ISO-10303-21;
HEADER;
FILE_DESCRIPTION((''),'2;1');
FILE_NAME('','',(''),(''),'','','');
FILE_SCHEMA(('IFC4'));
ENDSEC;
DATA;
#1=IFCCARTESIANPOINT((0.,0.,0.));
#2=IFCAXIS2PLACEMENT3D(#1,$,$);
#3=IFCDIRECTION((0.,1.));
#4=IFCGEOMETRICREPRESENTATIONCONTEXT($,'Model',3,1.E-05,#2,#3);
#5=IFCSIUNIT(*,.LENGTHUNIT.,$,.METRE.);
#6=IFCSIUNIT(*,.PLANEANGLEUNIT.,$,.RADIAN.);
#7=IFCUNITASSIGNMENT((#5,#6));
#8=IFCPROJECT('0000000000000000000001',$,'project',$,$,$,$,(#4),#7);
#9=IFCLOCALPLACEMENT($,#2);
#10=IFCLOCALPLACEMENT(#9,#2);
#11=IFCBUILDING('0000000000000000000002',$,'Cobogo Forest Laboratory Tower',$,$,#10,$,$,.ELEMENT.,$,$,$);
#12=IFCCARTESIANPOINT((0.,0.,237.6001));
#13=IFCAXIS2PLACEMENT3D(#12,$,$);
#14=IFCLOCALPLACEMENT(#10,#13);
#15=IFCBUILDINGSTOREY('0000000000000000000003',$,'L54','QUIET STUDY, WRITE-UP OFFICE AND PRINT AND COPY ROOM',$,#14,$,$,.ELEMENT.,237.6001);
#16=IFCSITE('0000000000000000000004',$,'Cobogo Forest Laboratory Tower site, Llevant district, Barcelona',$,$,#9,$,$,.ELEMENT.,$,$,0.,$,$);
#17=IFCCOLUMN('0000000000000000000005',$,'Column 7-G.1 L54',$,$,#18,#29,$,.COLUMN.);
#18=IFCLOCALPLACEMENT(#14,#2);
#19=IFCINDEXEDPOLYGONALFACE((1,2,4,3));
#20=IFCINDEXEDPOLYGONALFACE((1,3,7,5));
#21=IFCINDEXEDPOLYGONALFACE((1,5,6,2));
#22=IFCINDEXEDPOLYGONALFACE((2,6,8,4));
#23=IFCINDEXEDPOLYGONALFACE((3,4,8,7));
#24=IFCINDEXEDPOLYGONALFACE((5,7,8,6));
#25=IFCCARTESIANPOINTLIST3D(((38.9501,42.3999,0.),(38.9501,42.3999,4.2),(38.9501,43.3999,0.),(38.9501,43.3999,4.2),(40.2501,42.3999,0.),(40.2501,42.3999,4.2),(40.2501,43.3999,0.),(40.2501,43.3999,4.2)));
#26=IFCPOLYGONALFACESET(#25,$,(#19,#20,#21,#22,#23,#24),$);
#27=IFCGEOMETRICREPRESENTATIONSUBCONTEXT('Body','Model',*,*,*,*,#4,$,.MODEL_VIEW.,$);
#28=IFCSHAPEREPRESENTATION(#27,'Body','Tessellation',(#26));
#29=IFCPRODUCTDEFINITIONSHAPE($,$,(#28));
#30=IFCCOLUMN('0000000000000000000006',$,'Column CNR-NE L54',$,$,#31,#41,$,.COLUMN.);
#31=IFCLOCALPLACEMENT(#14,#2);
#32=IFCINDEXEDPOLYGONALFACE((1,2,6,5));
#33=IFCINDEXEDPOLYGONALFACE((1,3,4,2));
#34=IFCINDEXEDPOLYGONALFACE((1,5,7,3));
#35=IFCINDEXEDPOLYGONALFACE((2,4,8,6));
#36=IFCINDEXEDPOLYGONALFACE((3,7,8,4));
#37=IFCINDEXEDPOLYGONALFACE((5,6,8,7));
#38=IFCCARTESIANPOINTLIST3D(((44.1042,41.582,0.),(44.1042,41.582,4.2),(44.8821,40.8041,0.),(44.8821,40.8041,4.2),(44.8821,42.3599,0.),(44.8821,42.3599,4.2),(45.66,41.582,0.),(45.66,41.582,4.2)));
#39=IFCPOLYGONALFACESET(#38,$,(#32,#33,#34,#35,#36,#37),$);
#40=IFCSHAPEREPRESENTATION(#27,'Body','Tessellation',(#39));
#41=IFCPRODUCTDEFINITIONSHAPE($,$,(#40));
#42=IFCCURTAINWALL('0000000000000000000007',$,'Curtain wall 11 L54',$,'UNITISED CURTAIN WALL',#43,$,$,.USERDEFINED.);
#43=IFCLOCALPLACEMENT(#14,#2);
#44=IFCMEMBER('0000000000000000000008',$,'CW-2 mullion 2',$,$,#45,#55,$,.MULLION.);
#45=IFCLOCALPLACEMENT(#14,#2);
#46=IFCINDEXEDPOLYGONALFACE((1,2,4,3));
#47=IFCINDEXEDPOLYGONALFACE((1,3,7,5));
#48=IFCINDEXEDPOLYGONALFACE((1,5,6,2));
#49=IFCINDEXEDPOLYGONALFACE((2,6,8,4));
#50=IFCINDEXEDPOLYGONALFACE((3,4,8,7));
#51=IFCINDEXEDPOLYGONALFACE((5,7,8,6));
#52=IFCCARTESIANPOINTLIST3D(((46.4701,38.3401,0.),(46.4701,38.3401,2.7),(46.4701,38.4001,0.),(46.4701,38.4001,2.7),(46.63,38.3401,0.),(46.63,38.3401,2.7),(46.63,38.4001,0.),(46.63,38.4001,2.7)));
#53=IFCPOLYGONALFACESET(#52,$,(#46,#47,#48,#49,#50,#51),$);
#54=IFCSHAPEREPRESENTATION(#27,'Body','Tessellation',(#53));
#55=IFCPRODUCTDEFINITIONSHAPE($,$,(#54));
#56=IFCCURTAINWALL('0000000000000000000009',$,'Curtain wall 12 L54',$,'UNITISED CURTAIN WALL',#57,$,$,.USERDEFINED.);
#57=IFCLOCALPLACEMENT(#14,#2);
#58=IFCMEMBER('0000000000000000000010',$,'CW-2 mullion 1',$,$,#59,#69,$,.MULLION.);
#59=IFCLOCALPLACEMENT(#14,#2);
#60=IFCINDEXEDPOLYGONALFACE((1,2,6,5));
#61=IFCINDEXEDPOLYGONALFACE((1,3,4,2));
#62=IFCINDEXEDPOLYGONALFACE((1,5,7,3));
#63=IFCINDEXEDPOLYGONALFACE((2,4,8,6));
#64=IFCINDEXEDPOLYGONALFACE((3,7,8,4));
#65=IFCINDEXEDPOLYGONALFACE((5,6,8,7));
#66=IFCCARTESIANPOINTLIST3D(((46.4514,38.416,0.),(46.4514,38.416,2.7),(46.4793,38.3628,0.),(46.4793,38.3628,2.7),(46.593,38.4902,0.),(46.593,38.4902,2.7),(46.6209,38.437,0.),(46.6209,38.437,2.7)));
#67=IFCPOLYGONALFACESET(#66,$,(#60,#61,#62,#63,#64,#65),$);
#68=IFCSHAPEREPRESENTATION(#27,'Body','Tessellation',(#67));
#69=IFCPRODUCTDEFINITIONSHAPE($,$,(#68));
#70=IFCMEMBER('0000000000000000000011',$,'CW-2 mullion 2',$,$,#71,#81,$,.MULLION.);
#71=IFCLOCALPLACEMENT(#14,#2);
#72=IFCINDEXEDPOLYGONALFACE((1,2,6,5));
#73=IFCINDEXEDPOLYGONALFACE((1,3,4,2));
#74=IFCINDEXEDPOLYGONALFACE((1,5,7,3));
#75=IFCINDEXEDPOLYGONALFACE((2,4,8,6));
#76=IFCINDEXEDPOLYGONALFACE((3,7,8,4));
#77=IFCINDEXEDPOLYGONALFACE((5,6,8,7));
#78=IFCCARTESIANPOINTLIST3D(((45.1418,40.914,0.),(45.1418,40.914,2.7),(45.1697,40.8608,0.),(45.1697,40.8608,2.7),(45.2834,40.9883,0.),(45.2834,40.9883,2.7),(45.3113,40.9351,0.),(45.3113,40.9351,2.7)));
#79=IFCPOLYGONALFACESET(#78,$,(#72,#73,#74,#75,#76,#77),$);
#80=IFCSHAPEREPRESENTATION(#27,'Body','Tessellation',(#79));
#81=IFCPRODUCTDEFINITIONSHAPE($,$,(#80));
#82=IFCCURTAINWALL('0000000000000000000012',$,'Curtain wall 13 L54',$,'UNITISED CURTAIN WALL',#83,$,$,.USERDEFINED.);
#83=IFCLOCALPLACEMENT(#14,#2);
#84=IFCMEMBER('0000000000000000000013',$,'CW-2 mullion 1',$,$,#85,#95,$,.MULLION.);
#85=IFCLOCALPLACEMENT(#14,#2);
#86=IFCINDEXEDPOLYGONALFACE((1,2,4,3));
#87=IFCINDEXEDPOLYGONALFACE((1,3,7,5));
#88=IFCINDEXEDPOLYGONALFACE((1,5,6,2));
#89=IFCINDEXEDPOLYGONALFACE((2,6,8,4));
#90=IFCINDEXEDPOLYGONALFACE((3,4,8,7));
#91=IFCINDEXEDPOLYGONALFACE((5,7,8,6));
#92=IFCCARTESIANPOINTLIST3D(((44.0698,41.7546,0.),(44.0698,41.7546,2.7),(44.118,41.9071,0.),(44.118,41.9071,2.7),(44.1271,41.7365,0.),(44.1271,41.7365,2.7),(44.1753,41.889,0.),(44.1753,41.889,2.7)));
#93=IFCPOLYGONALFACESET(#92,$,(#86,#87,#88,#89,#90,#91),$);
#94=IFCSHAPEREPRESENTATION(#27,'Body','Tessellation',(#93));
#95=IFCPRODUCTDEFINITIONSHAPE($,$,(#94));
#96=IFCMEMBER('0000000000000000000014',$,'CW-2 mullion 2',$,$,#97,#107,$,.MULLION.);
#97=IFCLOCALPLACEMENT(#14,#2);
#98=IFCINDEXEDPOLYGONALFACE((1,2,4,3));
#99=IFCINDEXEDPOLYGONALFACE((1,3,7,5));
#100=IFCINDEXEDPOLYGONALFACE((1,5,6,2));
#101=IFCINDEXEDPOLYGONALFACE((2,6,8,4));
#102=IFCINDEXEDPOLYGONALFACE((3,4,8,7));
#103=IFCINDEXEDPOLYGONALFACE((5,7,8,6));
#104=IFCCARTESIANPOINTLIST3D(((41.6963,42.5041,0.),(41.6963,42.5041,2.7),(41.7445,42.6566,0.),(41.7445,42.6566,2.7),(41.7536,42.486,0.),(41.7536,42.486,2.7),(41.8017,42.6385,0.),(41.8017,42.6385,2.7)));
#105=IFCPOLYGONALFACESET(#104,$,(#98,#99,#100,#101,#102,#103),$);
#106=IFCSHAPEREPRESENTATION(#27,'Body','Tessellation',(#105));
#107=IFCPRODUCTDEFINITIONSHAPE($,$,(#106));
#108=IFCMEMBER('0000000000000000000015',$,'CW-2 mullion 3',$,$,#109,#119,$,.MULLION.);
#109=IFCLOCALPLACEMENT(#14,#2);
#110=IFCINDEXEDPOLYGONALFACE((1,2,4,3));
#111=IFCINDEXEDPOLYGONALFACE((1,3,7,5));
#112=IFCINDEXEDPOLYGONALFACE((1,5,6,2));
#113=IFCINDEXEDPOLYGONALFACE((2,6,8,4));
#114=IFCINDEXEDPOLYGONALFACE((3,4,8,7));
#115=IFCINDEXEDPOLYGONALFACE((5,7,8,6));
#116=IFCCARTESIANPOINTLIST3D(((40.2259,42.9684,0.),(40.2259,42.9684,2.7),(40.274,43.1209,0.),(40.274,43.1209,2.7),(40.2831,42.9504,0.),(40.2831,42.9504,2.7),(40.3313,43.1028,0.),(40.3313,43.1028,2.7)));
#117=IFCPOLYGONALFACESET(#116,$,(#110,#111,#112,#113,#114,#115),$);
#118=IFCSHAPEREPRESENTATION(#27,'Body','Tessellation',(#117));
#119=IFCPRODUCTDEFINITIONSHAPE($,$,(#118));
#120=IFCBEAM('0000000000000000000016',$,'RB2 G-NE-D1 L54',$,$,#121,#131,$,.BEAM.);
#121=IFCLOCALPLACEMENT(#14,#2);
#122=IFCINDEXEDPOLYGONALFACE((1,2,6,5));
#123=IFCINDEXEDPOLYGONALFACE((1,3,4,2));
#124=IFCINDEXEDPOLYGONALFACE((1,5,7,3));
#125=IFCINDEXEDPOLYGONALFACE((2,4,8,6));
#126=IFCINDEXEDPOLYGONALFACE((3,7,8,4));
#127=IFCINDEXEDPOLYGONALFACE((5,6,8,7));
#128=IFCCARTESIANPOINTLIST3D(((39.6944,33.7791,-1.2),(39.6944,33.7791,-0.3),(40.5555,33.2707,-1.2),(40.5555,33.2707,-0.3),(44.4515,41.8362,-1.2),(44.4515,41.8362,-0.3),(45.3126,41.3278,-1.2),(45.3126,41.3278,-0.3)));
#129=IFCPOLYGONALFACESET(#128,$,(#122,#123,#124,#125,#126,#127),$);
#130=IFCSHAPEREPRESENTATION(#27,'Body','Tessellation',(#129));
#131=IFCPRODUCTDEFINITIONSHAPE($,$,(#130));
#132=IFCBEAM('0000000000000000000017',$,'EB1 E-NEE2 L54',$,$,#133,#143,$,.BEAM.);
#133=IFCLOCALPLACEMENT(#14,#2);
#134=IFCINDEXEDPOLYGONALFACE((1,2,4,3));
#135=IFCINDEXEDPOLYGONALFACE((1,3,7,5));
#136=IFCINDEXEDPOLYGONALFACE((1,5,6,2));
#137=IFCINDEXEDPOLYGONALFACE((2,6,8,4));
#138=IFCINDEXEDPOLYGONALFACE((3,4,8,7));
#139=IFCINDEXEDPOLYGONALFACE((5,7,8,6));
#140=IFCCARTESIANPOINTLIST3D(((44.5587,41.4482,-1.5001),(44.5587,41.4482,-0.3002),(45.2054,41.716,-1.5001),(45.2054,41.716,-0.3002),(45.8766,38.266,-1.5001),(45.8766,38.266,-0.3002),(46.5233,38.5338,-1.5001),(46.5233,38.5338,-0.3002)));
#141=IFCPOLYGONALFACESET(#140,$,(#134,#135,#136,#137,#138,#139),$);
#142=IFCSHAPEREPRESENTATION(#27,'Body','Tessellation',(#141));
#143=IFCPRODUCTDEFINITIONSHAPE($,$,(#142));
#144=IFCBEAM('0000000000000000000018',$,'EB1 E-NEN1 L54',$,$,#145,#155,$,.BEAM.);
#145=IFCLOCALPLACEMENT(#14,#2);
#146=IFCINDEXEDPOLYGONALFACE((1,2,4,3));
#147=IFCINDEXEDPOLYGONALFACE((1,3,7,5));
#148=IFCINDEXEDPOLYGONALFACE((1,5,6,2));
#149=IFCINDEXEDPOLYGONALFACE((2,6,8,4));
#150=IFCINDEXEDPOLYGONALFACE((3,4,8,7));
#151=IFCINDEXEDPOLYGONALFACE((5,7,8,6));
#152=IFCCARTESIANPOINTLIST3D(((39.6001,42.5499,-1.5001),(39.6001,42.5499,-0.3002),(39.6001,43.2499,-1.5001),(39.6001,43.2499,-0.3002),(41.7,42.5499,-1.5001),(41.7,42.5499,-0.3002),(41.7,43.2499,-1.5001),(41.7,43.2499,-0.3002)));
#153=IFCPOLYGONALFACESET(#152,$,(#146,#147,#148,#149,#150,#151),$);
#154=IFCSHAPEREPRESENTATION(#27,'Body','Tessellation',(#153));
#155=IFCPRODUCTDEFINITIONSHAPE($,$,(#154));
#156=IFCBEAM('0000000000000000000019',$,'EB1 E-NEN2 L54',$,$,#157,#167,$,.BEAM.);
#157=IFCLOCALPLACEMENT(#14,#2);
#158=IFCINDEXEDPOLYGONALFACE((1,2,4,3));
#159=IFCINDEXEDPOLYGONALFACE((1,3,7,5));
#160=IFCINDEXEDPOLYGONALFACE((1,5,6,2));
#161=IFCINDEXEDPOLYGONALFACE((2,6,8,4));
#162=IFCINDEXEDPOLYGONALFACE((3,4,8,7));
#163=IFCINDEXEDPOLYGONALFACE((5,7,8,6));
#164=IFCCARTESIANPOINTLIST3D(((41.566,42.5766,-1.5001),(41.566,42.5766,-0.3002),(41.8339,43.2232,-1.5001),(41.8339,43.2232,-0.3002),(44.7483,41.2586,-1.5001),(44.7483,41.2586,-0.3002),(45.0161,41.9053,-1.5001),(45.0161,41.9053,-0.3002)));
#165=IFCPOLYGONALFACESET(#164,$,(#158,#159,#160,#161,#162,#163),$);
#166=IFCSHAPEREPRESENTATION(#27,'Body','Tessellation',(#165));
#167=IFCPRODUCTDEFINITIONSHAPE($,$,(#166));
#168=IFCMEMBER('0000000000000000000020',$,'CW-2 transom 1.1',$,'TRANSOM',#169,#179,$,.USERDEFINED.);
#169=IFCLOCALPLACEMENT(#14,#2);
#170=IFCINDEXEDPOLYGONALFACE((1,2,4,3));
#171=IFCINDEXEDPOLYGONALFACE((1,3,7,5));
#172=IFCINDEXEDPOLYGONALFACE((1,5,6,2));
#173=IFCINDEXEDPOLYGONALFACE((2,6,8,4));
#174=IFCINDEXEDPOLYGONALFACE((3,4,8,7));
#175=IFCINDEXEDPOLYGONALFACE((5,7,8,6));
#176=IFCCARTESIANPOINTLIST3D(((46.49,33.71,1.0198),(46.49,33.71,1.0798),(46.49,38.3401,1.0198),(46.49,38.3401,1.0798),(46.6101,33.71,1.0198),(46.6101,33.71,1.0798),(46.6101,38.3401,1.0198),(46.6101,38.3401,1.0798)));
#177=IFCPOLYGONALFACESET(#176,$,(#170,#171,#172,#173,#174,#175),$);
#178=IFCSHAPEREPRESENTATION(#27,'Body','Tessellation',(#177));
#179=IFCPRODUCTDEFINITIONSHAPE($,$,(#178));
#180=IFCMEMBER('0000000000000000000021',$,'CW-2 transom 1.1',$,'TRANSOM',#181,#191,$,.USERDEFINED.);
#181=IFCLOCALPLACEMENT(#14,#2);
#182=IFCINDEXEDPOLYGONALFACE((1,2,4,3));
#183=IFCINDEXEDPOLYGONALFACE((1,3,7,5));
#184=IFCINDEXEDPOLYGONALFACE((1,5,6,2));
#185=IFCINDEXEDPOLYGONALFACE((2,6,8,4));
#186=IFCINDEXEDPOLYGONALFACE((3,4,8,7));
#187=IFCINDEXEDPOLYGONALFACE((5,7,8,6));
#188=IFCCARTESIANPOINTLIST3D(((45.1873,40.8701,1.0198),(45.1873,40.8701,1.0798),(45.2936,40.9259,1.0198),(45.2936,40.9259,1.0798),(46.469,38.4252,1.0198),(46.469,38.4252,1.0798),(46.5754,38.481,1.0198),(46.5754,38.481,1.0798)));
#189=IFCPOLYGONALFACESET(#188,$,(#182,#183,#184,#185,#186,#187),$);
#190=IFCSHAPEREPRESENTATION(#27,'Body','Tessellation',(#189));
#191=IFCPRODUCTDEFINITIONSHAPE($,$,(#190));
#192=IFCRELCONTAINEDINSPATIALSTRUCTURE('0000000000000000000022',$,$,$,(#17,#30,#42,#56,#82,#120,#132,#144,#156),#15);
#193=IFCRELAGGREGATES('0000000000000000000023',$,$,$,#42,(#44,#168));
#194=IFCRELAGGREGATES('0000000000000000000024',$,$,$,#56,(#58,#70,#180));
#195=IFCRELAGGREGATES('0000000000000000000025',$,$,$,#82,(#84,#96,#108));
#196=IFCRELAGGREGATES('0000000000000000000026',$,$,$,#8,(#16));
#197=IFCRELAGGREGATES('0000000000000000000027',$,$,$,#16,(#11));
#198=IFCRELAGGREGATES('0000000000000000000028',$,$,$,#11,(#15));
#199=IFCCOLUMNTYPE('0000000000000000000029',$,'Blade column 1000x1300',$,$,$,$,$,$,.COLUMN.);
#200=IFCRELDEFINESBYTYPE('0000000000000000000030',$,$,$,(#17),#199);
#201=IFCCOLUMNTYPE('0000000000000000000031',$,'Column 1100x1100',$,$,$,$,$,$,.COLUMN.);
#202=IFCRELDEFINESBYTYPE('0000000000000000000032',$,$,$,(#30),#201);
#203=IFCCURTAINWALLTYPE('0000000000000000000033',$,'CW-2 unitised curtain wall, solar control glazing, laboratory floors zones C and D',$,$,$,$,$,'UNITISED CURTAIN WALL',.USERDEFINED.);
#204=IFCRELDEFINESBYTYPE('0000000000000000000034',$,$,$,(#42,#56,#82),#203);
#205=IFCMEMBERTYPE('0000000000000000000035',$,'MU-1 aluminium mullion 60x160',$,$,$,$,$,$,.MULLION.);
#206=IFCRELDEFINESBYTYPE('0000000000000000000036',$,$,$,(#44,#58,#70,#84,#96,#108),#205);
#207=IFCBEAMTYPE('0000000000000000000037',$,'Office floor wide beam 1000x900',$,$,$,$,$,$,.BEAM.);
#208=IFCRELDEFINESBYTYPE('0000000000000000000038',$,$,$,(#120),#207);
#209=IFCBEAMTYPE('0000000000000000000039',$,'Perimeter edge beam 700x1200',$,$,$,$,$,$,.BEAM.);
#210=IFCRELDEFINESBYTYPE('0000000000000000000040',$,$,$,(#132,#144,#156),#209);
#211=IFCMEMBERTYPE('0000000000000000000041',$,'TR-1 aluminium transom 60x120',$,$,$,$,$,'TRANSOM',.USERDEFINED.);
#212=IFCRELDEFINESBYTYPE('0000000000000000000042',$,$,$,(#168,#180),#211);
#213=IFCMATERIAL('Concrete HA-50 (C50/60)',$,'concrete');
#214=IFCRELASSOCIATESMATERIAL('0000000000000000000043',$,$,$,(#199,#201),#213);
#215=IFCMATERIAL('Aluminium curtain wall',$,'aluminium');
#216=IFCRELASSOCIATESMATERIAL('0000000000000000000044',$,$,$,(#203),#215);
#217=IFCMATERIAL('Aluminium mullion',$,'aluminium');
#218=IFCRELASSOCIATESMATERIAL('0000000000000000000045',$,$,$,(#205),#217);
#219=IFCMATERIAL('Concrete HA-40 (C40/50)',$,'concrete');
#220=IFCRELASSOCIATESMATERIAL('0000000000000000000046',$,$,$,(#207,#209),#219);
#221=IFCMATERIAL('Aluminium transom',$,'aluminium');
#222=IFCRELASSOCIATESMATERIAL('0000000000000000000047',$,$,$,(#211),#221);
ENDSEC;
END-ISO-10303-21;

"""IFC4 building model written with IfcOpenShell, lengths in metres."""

from ifc_helpers import new_model, si_unit, direction, frame, origin, origin_2d, place, context, subcontext, project, spatial, rectangle, extrude, material, material_profile, profile_set, type_object, element, aggregate, save


model = new_model("IFC4")

# Units and contexts
model_context = context("Model", 3, precision=1e-05, world=origin(), true_north=direction((0.0, 1.0)))
body_context = subcontext(model_context, "Body", "Model", "MODEL_VIEW")
ifc_project = project(units=[si_unit("LENGTHUNIT", "METRE"), si_unit("PLANEANGLEUNIT", "RADIAN")], contexts=[model_context])

# Site, building, storey
site_placement = place(None, origin())
site = spatial("IfcSite", under=ifc_project, at=site_placement, Name="Cobogo Forest Laboratory Tower site, Llevant district, Barcelona", CompositionType="ELEMENT", RefElevation=0.0)
building_placement = place(site_placement, origin())
building = spatial("IfcBuilding", under=site, at=building_placement, Name="Cobogo Forest Laboratory Tower", CompositionType="ELEMENT")
storey_placement = place(building_placement, frame((0.0, 0.0, 237.6001)))
storey = spatial("IfcBuildingStorey", under=building, at=storey_placement, Name="L54", Description="QUIET STUDY, WRITE-UP OFFICE AND PRINT AND COPY ROOM", CompositionType="ELEMENT", Elevation=237.6001)

# Columns
ifc_material_1 = material(Name="Concrete HA-50 (C50/60)", Category="concrete")
ifc_material_profile_1 = material_profile(ifc_material_1, rectangle(XDim=1.3, YDim=1.0, at=origin_2d()), Name="RC 1000x1300")
ifc_profile_set_1 = profile_set([ifc_material_profile_1], Name="Concrete HA-50 (C50/60)")
column_type_1 = type_object("IfcColumnType", Name="Blade column 1000x1300", PredefinedType="COLUMN", material=ifc_profile_set_1)
column_1_placement = place(storey_placement, frame((39.6001, 42.8999, 0.0), z_axis=(0.0, 0.0, 1.0), x_axis=(1.0, 0.0, 0.0)))
element("IfcColumn", 1, at=column_1_placement, inside=storey, type_object=column_type_1, Name="Column 7-G.1 L54", PredefinedType="COLUMN", context=body_context, shape_type="SweptSolid", body=[
    extrude(rectangle(XDim=1.3, YDim=1.0, at=origin_2d()), origin(), (0.0, 0.0, 1.0), 4.2),
])
ifc_material_profile_2 = material_profile(ifc_material_1, rectangle(XDim=1.1001, YDim=1.1001, at=origin_2d()), Name="RC 1100x1100")
ifc_profile_set_2 = profile_set([ifc_material_profile_2], Name="Concrete HA-50 (C50/60)")
column_type_2 = type_object("IfcColumnType", Name="Column 1100x1100", PredefinedType="COLUMN", material=ifc_profile_set_2)
column_2_placement = place(storey_placement, frame((44.8821, 41.582, 0.0), z_axis=(0.0, 0.0, 1.0), x_axis=(0.707107, 0.707107, 0.0)))
element("IfcColumn", 2, at=column_2_placement, inside=storey, type_object=column_type_2, Name="Column CNR-NE L54", PredefinedType="COLUMN", context=body_context, shape_type="SweptSolid", body=[
    extrude(rectangle(XDim=1.1001, YDim=1.1001, at=origin_2d()), origin(), (0.0, 0.0, 1.0), 4.2),
])

# Curtain wall, member
ifc_material_2 = material(Name="Aluminium curtain wall", Category="aluminium")
curtain_wall_type = type_object("IfcCurtainWallType", Name="CW-2 unitised curtain wall, solar control glazing, laboratory floors zones C and D", ElementType="UNITISED CURTAIN WALL", PredefinedType="USERDEFINED", material=ifc_material_2)
curtain_wall_1_placement = place(storey_placement, origin())
curtain_wall_1 = element("IfcCurtainWall", 3, at=curtain_wall_1_placement, inside=storey, type_object=curtain_wall_type, Name="Curtain wall 11 L54", ObjectType="UNITISED CURTAIN WALL", PredefinedType="USERDEFINED")
ifc_material_3 = material(Name="Aluminium mullion", Category="aluminium")
ifc_material_profile_3 = material_profile(ifc_material_3, rectangle(XDim=0.0601, YDim=0.1599, at=origin_2d()), Name="AL 60x160")
ifc_profile_set_3 = profile_set([ifc_material_profile_3], Name="Aluminium mullion")
member_type_1 = type_object("IfcMemberType", Name="MU-1 aluminium mullion 60x160", PredefinedType="MULLION", material=ifc_profile_set_3)
member_1_placement = place(storey_placement, frame((46.55, 38.3701, 0.0), z_axis=(0.0, 0.0, 1.0), x_axis=(0.0, 1.0, 0.0)))
member_1 = element("IfcMember", 4, at=member_1_placement, type_object=member_type_1, Name="CW-2 mullion 2", PredefinedType="MULLION", context=body_context, shape_type="SweptSolid", body=[
    extrude(rectangle(XDim=0.0601, YDim=0.1599, at=origin_2d()), origin(), (0.0, 0.0, 1.0), 2.7),
])

# Curtain walls, members
curtain_wall_2_placement = place(storey_placement, origin())
curtain_wall_2 = element("IfcCurtainWall", 5, at=curtain_wall_2_placement, inside=storey, type_object=curtain_wall_type, Name="Curtain wall 12 L54", ObjectType="UNITISED CURTAIN WALL", PredefinedType="USERDEFINED")
member_2_placement = place(storey_placement, frame((46.5361, 38.4265, 0.0), z_axis=(0.0, 0.0, 1.0), x_axis=(-0.464284, 0.885686, 0.0)))
member_2 = element("IfcMember", 6, at=member_2_placement, type_object=member_type_1, Name="CW-2 mullion 1", PredefinedType="MULLION", context=body_context, shape_type="SweptSolid", body=[
    extrude(rectangle(XDim=0.0601, YDim=0.1599, at=origin_2d()), origin(), (0.0, 0.0, 1.0), 2.7),
])
member_3_placement = place(storey_placement, frame((45.2266, 40.9246, 0.0), z_axis=(0.0, 0.0, 1.0), x_axis=(-0.464284, 0.885686, 0.0)))
member_3 = element("IfcMember", 7, at=member_3_placement, type_object=member_type_1, Name="CW-2 mullion 2", PredefinedType="MULLION", context=body_context, shape_type="SweptSolid", body=[
    extrude(rectangle(XDim=0.0601, YDim=0.1599, at=origin_2d()), origin(), (0.0, 0.0, 1.0), 2.7),
])
curtain_wall_3_placement = place(storey_placement, origin())
curtain_wall_3 = element("IfcCurtainWall", 8, at=curtain_wall_3_placement, inside=storey, type_object=curtain_wall_type, Name="Curtain wall 13 L54", ObjectType="UNITISED CURTAIN WALL", PredefinedType="USERDEFINED")
member_4_placement = place(storey_placement, frame((44.1226, 41.8218, 0.0), z_axis=(0.0, 0.0, 1.0), x_axis=(-0.953581, 0.301136, 0.0)))
member_4 = element("IfcMember", 9, at=member_4_placement, type_object=member_type_1, Name="CW-2 mullion 1", PredefinedType="MULLION", context=body_context, shape_type="SweptSolid", body=[
    extrude(rectangle(XDim=0.0601, YDim=0.1599, at=origin_2d()), origin(), (0.0, 0.0, 1.0), 2.7),
])
member_5_placement = place(storey_placement, frame((41.749, 42.5713, 0.0), z_axis=(0.0, 0.0, 1.0), x_axis=(-0.953581, 0.301136, 0.0)))
member_5 = element("IfcMember", 10, at=member_5_placement, type_object=member_type_1, Name="CW-2 mullion 2", PredefinedType="MULLION", context=body_context, shape_type="SweptSolid", body=[
    extrude(rectangle(XDim=0.0601, YDim=0.1599, at=origin_2d()), origin(), (0.0, 0.0, 1.0), 2.7),
])
member_6_placement = place(storey_placement, frame((40.2786, 43.0356, 0.0), z_axis=(0.0, 0.0, 1.0), x_axis=(-0.953581, 0.301136, 0.0)))
member_6 = element("IfcMember", 11, at=member_6_placement, type_object=member_type_1, Name="CW-2 mullion 3", PredefinedType="MULLION", context=body_context, shape_type="SweptSolid", body=[
    extrude(rectangle(XDim=0.0601, YDim=0.1599, at=origin_2d()), origin(), (0.0, 0.0, 1.0), 2.7),
])

# Beams
ifc_material_4 = material(Name="Concrete HA-40 (C40/50)", Category="concrete")
ifc_material_profile_4 = material_profile(ifc_material_4, rectangle(XDim=1.0, YDim=0.8999, at=origin_2d()), Name="RC 1000x900")
ifc_profile_set_4 = profile_set([ifc_material_profile_4], Name="Concrete HA-40 (C40/50)")
beam_type_1 = type_object("IfcBeamType", Name="Office floor wide beam 1000x900", PredefinedType="BEAM", material=ifc_profile_set_4)
beam_1_placement = place(storey_placement, frame((44.8821, 41.582, -0.75), z_axis=(-0.508416, -0.861111, 0.0), x_axis=(0.861111, -0.508416, 0.0)))
element("IfcBeam", 12, at=beam_1_placement, inside=storey, type_object=beam_type_1, Name="RB2 G-NE-D1 L54", PredefinedType="BEAM", context=body_context, shape_type="SweptSolid", body=[
    extrude(rectangle(XDim=1.0, YDim=0.8999, at=origin_2d()), origin(), (0.0, 0.0, 1.0), 9.3567),
])
ifc_material_profile_5 = material_profile(ifc_material_4, rectangle(XDim=0.7, YDim=1.2, at=origin_2d()), Name="RC 700x1200")
ifc_profile_set_5 = profile_set([ifc_material_profile_5], Name="Concrete HA-40 (C40/50)")
beam_type_2 = type_object("IfcBeamType", Name="Perimeter edge beam 700x1200", PredefinedType="BEAM", material=ifc_profile_set_5)
beam_2_placement = place(storey_placement, frame((46.2, 38.3999, -0.9001), z_axis=(-0.382631, 0.923901, 0.0), x_axis=(-0.923901, -0.382631, 0.0)))
element("IfcBeam", 13, at=beam_2_placement, inside=storey, type_object=beam_type_2, Name="EB1 E-NEE2 L54", PredefinedType="BEAM", context=body_context, shape_type="SweptSolid", body=[
    extrude(rectangle(XDim=0.7, YDim=1.2, at=origin_2d()), origin(), (0.0, 0.0, 1.0), 3.4443),
])
beam_3_placement = place(storey_placement, frame((39.6001, 42.8999, -0.9001), z_axis=(1.0, 0.0, 0.0), x_axis=(0.0, 1.0, 0.0)))
element("IfcBeam", 14, at=beam_3_placement, inside=storey, type_object=beam_type_2, Name="EB1 E-NEN1 L54", PredefinedType="BEAM", context=body_context, shape_type="SweptSolid", body=[
    extrude(rectangle(XDim=0.7, YDim=1.2, at=origin_2d()), origin(), (0.0, 0.0, 1.0), 2.0999),
])
beam_4_placement = place(storey_placement, frame((41.7, 42.8999, -0.9001), z_axis=(0.923901, -0.382631, 0.0), x_axis=(0.382631, 0.923901, 0.0)))
element("IfcBeam", 15, at=beam_4_placement, inside=storey, type_object=beam_type_2, Name="EB1 E-NEN2 L54", PredefinedType="BEAM", context=body_context, shape_type="SweptSolid", body=[
    extrude(rectangle(XDim=0.7, YDim=1.2, at=origin_2d()), origin(), (0.0, 0.0, 1.0), 3.4443),
])

# Members
ifc_material_5 = material(Name="Aluminium transom", Category="aluminium")
ifc_material_profile_6 = material_profile(ifc_material_5, rectangle(XDim=0.1201, YDim=0.0601, at=origin_2d()), Name="AL 60x120")
ifc_profile_set_6 = profile_set([ifc_material_profile_6], Name="Aluminium transom")
member_type_2 = type_object("IfcMemberType", Name="TR-1 aluminium transom 60x120", ElementType="TRANSOM", PredefinedType="USERDEFINED", material=ifc_profile_set_6)
member_7_placement = place(storey_placement, frame((46.55, 33.71, 1.0498), z_axis=(0.0, 1.0, 0.0), x_axis=(-1.0, 0.0, 0.0)))
member_7 = element("IfcMember", 16, at=member_7_placement, type_object=member_type_2, Name="CW-2 transom 1.1", ObjectType="TRANSOM", PredefinedType="USERDEFINED", context=body_context, shape_type="SweptSolid", body=[
    extrude(rectangle(XDim=0.1201, YDim=0.0601, at=origin_2d()), origin(), (0.0, 0.0, 1.0), 4.6301),
])
member_8_placement = place(storey_placement, frame((46.5222, 38.4531, 1.0498), z_axis=(-0.464324, 0.885665, 0.0), x_axis=(-0.885665, -0.464324, 0.0)))
member_8 = element("IfcMember", 17, at=member_8_placement, type_object=member_type_2, Name="CW-2 transom 1.1", ObjectType="TRANSOM", PredefinedType="USERDEFINED", context=body_context, shape_type="SweptSolid", body=[
    extrude(rectangle(XDim=0.1201, YDim=0.0601, at=origin_2d()), origin(), (0.0, 0.0, 1.0), 2.7605),
])

aggregate(curtain_wall_1, [member_1, member_7])
aggregate(curtain_wall_2, [member_2, member_3, member_8])
aggregate(curtain_wall_3, [member_4, member_5, member_6])

save(model, "model.ifc")
